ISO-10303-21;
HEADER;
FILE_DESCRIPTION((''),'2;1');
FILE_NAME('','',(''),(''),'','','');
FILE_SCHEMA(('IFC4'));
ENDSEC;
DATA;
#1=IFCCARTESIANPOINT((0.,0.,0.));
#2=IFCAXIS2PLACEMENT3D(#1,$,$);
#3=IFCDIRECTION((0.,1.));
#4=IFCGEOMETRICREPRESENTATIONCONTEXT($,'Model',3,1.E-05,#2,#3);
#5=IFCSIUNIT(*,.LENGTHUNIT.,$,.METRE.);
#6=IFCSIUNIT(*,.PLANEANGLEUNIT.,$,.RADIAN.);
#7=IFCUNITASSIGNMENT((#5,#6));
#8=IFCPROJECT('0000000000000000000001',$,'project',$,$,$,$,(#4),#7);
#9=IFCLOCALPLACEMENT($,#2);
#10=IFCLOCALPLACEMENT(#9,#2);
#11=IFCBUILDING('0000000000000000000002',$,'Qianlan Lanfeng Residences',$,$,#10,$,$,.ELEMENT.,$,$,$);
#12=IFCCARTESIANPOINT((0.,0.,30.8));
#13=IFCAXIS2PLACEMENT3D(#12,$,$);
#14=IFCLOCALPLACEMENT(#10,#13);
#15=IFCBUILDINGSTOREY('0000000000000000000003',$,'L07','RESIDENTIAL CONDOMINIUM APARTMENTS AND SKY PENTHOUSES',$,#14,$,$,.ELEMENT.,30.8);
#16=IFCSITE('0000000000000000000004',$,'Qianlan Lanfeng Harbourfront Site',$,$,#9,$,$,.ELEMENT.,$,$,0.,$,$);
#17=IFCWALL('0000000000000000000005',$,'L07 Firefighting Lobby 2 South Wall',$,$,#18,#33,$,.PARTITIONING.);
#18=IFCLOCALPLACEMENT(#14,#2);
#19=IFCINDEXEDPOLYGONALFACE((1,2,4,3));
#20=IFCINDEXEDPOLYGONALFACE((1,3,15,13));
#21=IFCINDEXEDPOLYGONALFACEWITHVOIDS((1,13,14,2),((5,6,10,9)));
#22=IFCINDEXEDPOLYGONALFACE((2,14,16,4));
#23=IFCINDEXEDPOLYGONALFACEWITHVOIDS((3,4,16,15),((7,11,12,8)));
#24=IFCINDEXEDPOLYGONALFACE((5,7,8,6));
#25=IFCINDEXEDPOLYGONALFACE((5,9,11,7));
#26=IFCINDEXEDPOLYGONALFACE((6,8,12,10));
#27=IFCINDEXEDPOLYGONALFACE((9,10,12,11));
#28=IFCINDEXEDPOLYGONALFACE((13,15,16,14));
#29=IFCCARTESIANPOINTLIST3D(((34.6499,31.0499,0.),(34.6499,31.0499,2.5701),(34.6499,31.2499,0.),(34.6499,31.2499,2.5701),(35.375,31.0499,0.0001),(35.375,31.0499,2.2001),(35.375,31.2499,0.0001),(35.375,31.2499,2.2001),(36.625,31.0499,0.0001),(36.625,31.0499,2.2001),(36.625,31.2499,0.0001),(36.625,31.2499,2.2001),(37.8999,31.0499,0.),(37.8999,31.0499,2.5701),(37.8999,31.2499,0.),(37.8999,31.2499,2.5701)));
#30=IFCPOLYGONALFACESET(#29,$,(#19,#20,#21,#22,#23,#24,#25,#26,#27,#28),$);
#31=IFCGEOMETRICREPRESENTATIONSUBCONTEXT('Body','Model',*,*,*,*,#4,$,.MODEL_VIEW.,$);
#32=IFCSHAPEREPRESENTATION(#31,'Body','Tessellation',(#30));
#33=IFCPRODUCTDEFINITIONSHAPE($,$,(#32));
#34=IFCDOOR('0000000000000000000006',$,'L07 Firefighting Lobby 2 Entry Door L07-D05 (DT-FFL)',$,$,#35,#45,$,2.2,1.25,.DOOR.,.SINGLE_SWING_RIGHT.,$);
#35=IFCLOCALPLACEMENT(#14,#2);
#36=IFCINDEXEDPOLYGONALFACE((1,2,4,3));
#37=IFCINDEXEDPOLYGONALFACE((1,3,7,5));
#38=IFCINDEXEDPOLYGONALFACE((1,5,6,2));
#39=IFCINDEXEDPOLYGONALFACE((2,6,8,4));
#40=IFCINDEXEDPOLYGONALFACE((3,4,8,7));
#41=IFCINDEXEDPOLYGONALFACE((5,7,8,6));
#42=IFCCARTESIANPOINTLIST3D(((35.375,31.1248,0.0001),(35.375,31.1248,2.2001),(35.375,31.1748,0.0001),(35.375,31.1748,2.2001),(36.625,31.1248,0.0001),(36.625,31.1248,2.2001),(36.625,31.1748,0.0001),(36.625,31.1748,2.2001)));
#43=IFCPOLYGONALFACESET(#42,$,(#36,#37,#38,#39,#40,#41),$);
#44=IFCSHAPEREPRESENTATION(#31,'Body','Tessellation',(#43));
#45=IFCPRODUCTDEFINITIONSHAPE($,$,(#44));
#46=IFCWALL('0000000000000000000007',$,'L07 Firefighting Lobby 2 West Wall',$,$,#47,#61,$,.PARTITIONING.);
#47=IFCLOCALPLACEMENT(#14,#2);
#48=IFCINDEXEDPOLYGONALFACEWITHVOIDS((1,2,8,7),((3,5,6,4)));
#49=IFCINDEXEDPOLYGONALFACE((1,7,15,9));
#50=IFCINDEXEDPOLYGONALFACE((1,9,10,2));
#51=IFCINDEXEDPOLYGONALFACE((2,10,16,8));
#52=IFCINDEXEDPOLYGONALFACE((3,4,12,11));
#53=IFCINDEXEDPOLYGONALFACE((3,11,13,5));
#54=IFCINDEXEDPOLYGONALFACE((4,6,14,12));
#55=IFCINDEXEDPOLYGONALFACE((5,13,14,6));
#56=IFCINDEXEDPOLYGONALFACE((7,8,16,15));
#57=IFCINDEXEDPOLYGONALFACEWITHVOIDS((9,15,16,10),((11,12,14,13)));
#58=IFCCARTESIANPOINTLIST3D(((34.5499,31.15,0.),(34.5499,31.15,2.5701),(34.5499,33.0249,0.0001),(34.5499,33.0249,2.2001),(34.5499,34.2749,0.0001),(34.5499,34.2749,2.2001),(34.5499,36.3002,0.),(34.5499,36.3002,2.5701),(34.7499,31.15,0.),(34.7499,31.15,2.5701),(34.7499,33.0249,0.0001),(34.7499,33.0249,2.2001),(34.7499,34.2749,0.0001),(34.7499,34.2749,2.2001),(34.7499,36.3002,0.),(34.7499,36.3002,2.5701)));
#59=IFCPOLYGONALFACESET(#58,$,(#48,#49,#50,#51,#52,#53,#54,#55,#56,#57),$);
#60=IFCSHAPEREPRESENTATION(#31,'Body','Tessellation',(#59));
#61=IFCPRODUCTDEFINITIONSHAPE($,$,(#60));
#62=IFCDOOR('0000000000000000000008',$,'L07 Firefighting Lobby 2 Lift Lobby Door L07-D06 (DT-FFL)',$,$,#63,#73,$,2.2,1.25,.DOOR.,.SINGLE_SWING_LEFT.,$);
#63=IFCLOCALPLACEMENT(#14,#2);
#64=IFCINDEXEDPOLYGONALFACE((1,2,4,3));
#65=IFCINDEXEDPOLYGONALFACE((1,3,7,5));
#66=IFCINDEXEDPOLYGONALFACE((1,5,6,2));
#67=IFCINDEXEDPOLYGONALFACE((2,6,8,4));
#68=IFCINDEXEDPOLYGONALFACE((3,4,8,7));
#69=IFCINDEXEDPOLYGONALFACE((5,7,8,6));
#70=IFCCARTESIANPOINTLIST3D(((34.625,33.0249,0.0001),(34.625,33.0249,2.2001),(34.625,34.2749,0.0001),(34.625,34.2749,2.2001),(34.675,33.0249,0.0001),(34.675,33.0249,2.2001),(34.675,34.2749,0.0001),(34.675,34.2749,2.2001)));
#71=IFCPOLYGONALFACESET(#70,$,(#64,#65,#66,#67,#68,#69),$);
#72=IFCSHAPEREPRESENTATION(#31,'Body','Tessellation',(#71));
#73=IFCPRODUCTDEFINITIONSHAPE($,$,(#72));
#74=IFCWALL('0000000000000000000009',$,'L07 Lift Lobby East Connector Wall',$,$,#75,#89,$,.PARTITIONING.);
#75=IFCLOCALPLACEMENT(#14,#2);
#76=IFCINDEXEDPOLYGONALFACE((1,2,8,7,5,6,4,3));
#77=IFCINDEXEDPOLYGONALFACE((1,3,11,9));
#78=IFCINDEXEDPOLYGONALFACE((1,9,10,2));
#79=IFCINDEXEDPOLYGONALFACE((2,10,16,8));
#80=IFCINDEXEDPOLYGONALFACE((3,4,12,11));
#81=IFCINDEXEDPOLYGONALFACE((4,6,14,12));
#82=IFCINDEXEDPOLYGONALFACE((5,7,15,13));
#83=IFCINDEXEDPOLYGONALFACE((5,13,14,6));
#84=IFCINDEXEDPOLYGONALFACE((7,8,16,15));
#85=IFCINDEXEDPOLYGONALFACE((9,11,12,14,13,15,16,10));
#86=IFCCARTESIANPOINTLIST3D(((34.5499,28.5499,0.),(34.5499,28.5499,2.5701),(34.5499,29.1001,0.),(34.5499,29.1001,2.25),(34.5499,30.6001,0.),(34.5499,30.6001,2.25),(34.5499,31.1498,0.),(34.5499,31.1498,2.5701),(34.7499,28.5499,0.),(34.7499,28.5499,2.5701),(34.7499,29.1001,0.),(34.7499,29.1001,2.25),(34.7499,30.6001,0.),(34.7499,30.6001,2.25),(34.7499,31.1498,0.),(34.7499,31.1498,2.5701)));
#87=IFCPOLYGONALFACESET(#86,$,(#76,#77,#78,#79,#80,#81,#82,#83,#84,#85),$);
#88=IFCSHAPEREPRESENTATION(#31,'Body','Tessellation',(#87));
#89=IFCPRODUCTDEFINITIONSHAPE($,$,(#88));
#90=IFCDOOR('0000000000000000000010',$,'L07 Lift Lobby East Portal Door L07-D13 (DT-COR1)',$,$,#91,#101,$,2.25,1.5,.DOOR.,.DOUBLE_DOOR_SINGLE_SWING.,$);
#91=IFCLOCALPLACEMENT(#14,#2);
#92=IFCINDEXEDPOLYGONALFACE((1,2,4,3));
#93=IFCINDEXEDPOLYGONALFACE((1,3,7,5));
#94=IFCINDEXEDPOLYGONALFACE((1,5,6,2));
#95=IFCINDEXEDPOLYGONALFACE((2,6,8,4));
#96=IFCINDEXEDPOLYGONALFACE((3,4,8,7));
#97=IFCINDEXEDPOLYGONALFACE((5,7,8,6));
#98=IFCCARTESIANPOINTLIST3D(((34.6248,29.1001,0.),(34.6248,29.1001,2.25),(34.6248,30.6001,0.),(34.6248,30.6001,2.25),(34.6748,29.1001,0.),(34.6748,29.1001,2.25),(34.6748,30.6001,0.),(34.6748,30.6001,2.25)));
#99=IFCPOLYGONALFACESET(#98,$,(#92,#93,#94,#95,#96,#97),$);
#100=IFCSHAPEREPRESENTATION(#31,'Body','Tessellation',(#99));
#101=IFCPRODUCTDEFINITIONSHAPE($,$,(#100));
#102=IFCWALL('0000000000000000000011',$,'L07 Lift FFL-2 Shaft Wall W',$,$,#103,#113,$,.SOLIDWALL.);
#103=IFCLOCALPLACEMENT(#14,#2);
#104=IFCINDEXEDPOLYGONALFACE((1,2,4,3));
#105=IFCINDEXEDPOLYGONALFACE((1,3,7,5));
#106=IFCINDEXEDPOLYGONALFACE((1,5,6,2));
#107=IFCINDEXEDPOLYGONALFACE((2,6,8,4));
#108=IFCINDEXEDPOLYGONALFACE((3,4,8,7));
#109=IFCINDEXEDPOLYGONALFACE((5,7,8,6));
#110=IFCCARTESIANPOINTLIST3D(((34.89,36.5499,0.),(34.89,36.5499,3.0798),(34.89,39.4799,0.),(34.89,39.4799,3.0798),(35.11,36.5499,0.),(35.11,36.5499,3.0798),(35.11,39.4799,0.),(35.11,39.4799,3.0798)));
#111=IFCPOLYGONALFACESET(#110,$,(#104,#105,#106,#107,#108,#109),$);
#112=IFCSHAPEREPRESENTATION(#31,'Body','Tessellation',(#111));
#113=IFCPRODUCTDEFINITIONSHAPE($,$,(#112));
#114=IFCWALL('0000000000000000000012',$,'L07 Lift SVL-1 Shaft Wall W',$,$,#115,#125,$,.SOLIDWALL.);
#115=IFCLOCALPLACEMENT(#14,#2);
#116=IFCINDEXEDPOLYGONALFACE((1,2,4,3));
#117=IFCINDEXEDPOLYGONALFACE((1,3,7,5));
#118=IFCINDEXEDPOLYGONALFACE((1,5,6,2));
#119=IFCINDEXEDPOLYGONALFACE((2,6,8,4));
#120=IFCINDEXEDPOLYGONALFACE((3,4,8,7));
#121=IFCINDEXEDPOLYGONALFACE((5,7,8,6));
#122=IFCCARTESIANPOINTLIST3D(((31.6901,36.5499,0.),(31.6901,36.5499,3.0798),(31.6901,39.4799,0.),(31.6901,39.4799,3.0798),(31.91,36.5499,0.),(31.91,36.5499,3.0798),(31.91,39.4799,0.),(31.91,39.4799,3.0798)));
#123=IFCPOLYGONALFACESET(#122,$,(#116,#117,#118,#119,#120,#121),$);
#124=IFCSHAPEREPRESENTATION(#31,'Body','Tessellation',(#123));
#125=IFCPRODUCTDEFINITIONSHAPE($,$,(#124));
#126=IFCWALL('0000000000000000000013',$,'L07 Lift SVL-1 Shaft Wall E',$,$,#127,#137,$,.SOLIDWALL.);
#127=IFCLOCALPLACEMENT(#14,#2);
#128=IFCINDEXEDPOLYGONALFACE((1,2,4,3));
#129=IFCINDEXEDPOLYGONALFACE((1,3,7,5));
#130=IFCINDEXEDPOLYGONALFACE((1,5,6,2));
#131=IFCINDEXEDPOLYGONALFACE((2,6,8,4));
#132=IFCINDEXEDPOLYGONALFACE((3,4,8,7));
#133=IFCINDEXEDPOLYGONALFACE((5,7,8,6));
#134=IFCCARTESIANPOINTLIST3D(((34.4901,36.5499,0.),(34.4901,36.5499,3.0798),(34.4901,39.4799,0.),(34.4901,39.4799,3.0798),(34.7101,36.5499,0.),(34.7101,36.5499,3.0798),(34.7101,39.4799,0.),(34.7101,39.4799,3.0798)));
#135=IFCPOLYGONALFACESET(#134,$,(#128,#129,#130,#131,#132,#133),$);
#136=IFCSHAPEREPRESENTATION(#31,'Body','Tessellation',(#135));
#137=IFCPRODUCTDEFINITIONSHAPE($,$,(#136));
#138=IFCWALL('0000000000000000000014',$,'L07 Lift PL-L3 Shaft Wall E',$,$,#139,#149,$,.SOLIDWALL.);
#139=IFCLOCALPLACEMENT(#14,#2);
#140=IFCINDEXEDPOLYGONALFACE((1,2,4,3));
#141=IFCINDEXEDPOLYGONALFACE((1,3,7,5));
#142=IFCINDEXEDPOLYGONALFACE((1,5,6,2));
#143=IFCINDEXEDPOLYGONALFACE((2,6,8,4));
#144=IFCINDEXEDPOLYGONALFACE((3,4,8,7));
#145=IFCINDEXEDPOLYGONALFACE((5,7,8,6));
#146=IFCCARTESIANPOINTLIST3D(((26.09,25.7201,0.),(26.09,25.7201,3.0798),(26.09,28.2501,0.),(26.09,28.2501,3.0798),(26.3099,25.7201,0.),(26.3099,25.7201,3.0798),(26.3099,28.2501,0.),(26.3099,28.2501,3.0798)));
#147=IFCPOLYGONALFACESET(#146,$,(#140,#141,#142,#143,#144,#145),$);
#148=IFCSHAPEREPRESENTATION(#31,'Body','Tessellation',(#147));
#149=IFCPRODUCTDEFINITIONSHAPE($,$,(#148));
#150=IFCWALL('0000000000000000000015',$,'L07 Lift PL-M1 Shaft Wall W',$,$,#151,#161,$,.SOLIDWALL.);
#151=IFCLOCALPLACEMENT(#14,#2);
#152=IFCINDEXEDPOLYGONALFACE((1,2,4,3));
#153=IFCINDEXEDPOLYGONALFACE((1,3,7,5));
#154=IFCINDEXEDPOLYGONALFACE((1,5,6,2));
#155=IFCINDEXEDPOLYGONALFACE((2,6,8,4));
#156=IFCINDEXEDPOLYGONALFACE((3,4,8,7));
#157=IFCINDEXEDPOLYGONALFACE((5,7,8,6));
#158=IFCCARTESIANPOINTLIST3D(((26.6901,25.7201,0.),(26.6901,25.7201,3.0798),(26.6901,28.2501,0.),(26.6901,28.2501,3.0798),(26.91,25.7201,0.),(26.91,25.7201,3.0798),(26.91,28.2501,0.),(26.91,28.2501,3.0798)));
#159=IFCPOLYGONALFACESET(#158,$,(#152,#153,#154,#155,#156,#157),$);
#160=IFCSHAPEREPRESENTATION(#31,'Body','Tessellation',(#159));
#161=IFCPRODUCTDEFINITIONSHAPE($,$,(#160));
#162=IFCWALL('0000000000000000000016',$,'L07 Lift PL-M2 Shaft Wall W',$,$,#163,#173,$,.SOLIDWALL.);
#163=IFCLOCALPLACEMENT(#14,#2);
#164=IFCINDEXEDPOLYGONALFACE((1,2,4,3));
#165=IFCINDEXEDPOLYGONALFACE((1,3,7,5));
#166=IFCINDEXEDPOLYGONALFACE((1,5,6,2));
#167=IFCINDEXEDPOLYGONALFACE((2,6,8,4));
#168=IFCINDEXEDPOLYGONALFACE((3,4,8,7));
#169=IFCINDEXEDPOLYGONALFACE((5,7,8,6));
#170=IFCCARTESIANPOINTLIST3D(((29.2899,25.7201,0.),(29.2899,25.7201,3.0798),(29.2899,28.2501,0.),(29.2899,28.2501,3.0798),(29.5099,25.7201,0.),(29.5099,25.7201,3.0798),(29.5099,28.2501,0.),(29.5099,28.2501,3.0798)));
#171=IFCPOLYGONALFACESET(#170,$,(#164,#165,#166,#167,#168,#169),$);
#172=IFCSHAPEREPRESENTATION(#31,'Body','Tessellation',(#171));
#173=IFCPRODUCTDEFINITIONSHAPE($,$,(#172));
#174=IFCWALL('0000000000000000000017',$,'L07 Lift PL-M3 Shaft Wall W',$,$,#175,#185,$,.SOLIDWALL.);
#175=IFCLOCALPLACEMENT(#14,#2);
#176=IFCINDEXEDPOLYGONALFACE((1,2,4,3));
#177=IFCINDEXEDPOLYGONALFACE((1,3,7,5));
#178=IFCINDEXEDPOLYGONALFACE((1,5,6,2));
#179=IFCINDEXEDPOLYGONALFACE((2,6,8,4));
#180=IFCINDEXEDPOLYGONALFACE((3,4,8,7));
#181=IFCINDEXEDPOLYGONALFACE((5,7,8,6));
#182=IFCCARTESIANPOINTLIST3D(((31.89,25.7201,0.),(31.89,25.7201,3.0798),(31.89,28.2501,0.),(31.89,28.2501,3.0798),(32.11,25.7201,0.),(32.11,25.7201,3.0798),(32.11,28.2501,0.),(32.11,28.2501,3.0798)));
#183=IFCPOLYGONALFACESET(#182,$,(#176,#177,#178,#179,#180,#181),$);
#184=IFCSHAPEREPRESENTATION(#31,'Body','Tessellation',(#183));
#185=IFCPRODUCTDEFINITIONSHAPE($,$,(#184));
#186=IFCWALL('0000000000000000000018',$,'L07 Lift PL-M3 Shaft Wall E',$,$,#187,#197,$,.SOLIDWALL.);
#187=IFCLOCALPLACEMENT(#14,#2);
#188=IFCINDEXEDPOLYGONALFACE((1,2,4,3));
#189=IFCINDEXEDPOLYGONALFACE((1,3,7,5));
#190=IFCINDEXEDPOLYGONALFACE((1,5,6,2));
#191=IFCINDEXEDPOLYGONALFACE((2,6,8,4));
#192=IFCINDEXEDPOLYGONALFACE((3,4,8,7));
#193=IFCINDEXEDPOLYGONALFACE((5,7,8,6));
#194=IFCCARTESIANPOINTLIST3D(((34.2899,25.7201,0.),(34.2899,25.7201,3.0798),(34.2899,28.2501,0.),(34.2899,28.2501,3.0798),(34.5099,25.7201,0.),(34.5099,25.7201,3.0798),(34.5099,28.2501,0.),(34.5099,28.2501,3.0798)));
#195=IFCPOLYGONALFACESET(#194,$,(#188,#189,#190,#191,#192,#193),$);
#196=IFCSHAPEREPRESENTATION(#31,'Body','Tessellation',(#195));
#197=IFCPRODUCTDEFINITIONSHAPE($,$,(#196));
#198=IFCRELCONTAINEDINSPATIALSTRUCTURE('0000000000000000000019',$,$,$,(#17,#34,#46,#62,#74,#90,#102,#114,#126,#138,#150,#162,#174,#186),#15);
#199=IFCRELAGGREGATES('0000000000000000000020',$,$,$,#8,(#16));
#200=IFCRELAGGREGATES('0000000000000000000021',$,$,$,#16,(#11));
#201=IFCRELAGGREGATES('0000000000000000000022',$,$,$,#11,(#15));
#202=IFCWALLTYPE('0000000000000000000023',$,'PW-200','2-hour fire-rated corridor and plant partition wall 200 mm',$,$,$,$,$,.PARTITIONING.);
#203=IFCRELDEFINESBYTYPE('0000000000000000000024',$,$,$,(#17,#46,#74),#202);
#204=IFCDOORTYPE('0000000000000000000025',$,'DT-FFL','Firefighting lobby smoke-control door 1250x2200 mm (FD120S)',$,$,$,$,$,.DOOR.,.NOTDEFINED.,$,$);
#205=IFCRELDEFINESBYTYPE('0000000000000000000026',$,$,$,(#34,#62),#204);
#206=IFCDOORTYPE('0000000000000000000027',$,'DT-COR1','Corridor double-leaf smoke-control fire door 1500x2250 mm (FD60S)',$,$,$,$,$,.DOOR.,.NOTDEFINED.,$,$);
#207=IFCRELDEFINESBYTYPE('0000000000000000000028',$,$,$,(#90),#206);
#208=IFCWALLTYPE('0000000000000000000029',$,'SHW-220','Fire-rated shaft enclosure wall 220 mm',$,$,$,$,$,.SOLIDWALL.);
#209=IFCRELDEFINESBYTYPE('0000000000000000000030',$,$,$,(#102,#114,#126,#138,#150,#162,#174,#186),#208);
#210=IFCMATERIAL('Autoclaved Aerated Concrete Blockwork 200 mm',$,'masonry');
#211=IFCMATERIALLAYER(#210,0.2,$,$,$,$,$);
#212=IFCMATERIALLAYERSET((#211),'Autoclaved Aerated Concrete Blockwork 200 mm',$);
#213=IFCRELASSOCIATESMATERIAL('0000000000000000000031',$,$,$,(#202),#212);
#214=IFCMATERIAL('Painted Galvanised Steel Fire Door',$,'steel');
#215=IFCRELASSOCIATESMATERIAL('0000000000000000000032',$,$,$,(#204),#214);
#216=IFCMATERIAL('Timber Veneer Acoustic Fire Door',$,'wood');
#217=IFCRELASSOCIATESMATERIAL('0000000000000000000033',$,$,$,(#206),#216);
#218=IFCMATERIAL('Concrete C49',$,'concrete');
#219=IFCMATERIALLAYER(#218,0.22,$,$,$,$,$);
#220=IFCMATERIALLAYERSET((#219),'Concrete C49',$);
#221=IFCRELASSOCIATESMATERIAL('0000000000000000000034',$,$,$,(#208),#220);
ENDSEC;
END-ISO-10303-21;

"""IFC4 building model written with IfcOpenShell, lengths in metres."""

from ifc_helpers import new_model, si_unit, direction, frame, frame_2d, origin, place, context, subcontext, project, spatial, rectangle, extrude, material, layer, layer_set, type_object, element, fill, save


model = new_model("IFC4")

# Units and contexts
model_context = context("Model", 3, precision=1e-05, world=origin(), true_north=direction((0.0, 1.0)))
body_context = subcontext(model_context, "Body", "Model", "MODEL_VIEW")
ifc_project = project(units=[si_unit("LENGTHUNIT", "METRE"), si_unit("PLANEANGLEUNIT", "RADIAN")], contexts=[model_context])

# Site, building, storey
site_placement = place(None, origin())
site = spatial("IfcSite", under=ifc_project, at=site_placement, Name="Qianlan Lanfeng Harbourfront Site", CompositionType="ELEMENT", RefElevation=0.0)
building_placement = place(site_placement, origin())
building = spatial("IfcBuilding", under=site, at=building_placement, Name="Qianlan Lanfeng Residences", CompositionType="ELEMENT")
storey_placement = place(building_placement, frame((0.0, 0.0, 30.8)))
storey = spatial("IfcBuildingStorey", under=building, at=storey_placement, Name="L07", Description="RESIDENTIAL CONDOMINIUM APARTMENTS AND SKY PENTHOUSES", CompositionType="ELEMENT", Elevation=30.8)

# Walls, openings, doors
ifc_material_1 = material(Name="Autoclaved Aerated Concrete Blockwork 200 mm", Category="masonry")
ifc_layer_1 = layer(ifc_material_1, 0.2)
ifc_layer_set_1 = layer_set([ifc_layer_1], Name="Autoclaved Aerated Concrete Blockwork 200 mm")
wall_type_1 = type_object("IfcWallType", Name="PW-200", Description="2-hour fire-rated corridor and plant partition wall 200 mm", PredefinedType="PARTITIONING", material=ifc_layer_set_1)
wall_1_placement = place(storey_placement, frame((34.6499, 31.1499, 0.0), z_axis=(0.0, 0.0, 1.0), x_axis=(1.0, 0.0, 0.0)))
wall_1 = element("IfcWall", 1, at=wall_1_placement, inside=storey, type_object=wall_type_1, Name="L07 Firefighting Lobby 2 South Wall", PredefinedType="PARTITIONING", context=body_context, shape_type="SweptSolid", body=[
    extrude(rectangle(XDim=3.25, YDim=0.2, at=frame_2d((1.625, 0.0))), origin(), (0.0, 0.0, 1.0), 2.5701),
])
opening_1_placement = place(wall_1_placement, frame((0.7251, 0.0, 0.0)))
opening_1 = element("IfcOpeningElement", 2, at=opening_1_placement, cuts=wall_1, PredefinedType="OPENING", context=body_context, shape_type="SweptSolid", body=[
    extrude(rectangle(XDim=1.25, YDim=2.2, at=frame_2d((0.625, 1.1001))), frame((0.0, 0.1099, 0.0), z_axis=(0.0, -1.0, 0.0), x_axis=(1.0, 0.0, 0.0)), (0.0, 0.0, 1.0), 0.22),
])
ifc_material_2 = material(Name="Painted Galvanised Steel Fire Door", Category="steel")
door_type_1 = type_object("IfcDoorType", Name="DT-FFL", Description="Firefighting lobby smoke-control door 1250x2200 mm (FD120S)", OperationType="NOTDEFINED", PredefinedType="DOOR", material=ifc_material_2)
door_1_placement = place(opening_1_placement, origin())
door_1 = element("IfcDoor", 3, at=door_1_placement, inside=storey, type_object=door_type_1, Name="L07 Firefighting Lobby 2 Entry Door L07-D05 (DT-FFL)", OperationType="SINGLE_SWING_RIGHT", OverallHeight=2.2, OverallWidth=1.25, PredefinedType="DOOR", context=body_context, shape_type="SweptSolid", body=[
    extrude(rectangle(XDim=1.25, YDim=2.2, at=frame_2d((0.625, 1.1001))), frame((0.0, 0.0249, 0.0), z_axis=(0.0, -1.0, 0.0), x_axis=(1.0, 0.0, 0.0)), (0.0, 0.0, 1.0), 0.05),
])
fill(opening_1, door_1)
wall_2_placement = place(storey_placement, frame((34.6499, 31.1499, 0.0), z_axis=(0.0, 0.0, 1.0), x_axis=(0.0, 1.0, 0.0)))
wall_2 = element("IfcWall", 4, at=wall_2_placement, inside=storey, type_object=wall_type_1, Name="L07 Firefighting Lobby 2 West Wall", PredefinedType="PARTITIONING", context=body_context, shape_type="SweptSolid", body=[
    extrude(rectangle(XDim=5.1501, YDim=0.2, at=frame_2d((2.5752, 0.0))), origin(), (0.0, 0.0, 1.0), 2.5701),
])
opening_2_placement = place(wall_2_placement, frame((1.875, 0.0, 0.0)))
opening_2 = element("IfcOpeningElement", 5, at=opening_2_placement, cuts=wall_2, PredefinedType="OPENING", context=body_context, shape_type="SweptSolid", body=[
    extrude(rectangle(XDim=1.25, YDim=2.2, at=frame_2d((0.625, 1.1001))), frame((0.0, 0.1099, 0.0), z_axis=(0.0, -1.0, 0.0), x_axis=(1.0, 0.0, 0.0)), (0.0, 0.0, 1.0), 0.22),
])
door_2_placement = place(opening_2_placement, origin())
door_2 = element("IfcDoor", 6, at=door_2_placement, inside=storey, type_object=door_type_1, Name="L07 Firefighting Lobby 2 Lift Lobby Door L07-D06 (DT-FFL)", OperationType="SINGLE_SWING_LEFT", OverallHeight=2.2, OverallWidth=1.25, PredefinedType="DOOR", context=body_context, shape_type="SweptSolid", body=[
    extrude(rectangle(XDim=1.25, YDim=2.2, at=frame_2d((0.625, 1.1001))), frame((0.0, 0.0249, 0.0), z_axis=(0.0, -1.0, 0.0), x_axis=(1.0, 0.0, 0.0)), (0.0, 0.0, 1.0), 0.05),
])
fill(opening_2, door_2)
wall_3_placement = place(storey_placement, frame((34.6499, 28.55, 0.0), z_axis=(0.0, 0.0, 1.0), x_axis=(0.0, 1.0, 0.0)))
wall_3 = element("IfcWall", 7, at=wall_3_placement, inside=storey, type_object=wall_type_1, Name="L07 Lift Lobby East Connector Wall", PredefinedType="PARTITIONING", context=body_context, shape_type="SweptSolid", body=[
    extrude(rectangle(XDim=2.5999, YDim=0.2, at=frame_2d((1.2998, 0.0))), origin(), (0.0, 0.0, 1.0), 2.5701),
])
opening_3_placement = place(wall_3_placement, frame((0.55, 0.0, 0.0)))
opening_3 = element("IfcOpeningElement", 8, at=opening_3_placement, cuts=wall_3, PredefinedType="OPENING", context=body_context, shape_type="SweptSolid", body=[
    extrude(rectangle(XDim=1.5, YDim=2.25, at=frame_2d((0.75, 1.125))), frame((0.0, 0.1099, 0.0), z_axis=(0.0, -1.0, 0.0), x_axis=(1.0, 0.0, 0.0)), (0.0, 0.0, 1.0), 0.22),
])
ifc_material_3 = material(Name="Timber Veneer Acoustic Fire Door", Category="wood")
door_type_2 = type_object("IfcDoorType", Name="DT-COR1", Description="Corridor double-leaf smoke-control fire door 1500x2250 mm (FD60S)", OperationType="NOTDEFINED", PredefinedType="DOOR", material=ifc_material_3)
door_3_placement = place(opening_3_placement, frame((1.5, 0.0, 0.0), z_axis=(0.0, 0.0, 1.0), x_axis=(-1.0, 0.0, 0.0)))
door_3 = element("IfcDoor", 9, at=door_3_placement, inside=storey, type_object=door_type_2, Name="L07 Lift Lobby East Portal Door L07-D13 (DT-COR1)", OperationType="DOUBLE_DOOR_SINGLE_SWING", OverallHeight=2.25, OverallWidth=1.5, PredefinedType="DOOR", context=body_context, shape_type="SweptSolid", body=[
    extrude(rectangle(XDim=1.5, YDim=2.25, at=frame_2d((0.75, 1.125))), frame((0.0, 0.0249, 0.0), z_axis=(0.0, -1.0, 0.0), x_axis=(1.0, 0.0, 0.0)), (0.0, 0.0, 1.0), 0.05),
])
fill(opening_3, door_3)

# Walls
ifc_material_4 = material(Name="Concrete C49", Category="concrete")
ifc_layer_2 = layer(ifc_material_4, 0.22)
ifc_layer_set_2 = layer_set([ifc_layer_2], Name="Concrete C49")
wall_type_2 = type_object("IfcWallType", Name="SHW-220", Description="Fire-rated shaft enclosure wall 220 mm", PredefinedType="SOLIDWALL", material=ifc_layer_set_2)
for number, where, z_axis, x_axis, name in (
    (10, (35.0, 36.55, 0.0), (0.0, 0.0, 1.0), (0.0, 1.0, 0.0), "L07 Lift FFL-2 Shaft Wall W"),
    (11, (31.8, 36.55, 0.0), (0.0, 0.0, 1.0), (0.0, 1.0, 0.0), "L07 Lift SVL-1 Shaft Wall W"),
    (12, (34.6001, 36.55, 0.0), (0.0, 0.0, 1.0), (0.0, 1.0, 0.0), "L07 Lift SVL-1 Shaft Wall E"),
):
    element("IfcWall", number, at=place(storey_placement, frame(where, z_axis=z_axis, x_axis=x_axis)), inside=storey, type_object=wall_type_2, Name=name, PredefinedType="SOLIDWALL", context=body_context, shape_type="SweptSolid", body=[
        extrude(rectangle(XDim=2.9299, YDim=0.22, at=frame_2d((1.4648, 0.0))), origin(), (0.0, 0.0, 1.0), 3.0798),
    ])
for number, where, z_axis, x_axis, name in (
    (13, (26.2, 25.72, 0.0), (0.0, 0.0, 1.0), (0.0, 1.0, 0.0), "L07 Lift PL-L3 Shaft Wall E"),
    (14, (26.8, 25.72, 0.0), (0.0, 0.0, 1.0), (0.0, 1.0, 0.0), "L07 Lift PL-M1 Shaft Wall W"),
    (15, (29.3999, 25.72, 0.0), (0.0, 0.0, 1.0), (0.0, 1.0, 0.0), "L07 Lift PL-M2 Shaft Wall W"),
    (16, (32.0, 25.72, 0.0), (0.0, 0.0, 1.0), (0.0, 1.0, 0.0), "L07 Lift PL-M3 Shaft Wall W"),
    (17, (34.3999, 25.72, 0.0), (0.0, 0.0, 1.0), (0.0, 1.0, 0.0), "L07 Lift PL-M3 Shaft Wall E"),
):
    element("IfcWall", number, at=place(storey_placement, frame(where, z_axis=z_axis, x_axis=x_axis)), inside=storey, type_object=wall_type_2, Name=name, PredefinedType="SOLIDWALL", context=body_context, shape_type="SweptSolid", body=[
        extrude(rectangle(XDim=2.53, YDim=0.22, at=frame_2d((1.2651, 0.0))), origin(), (0.0, 0.0, 1.0), 3.0798),
    ])

save(model, "model.ifc")
